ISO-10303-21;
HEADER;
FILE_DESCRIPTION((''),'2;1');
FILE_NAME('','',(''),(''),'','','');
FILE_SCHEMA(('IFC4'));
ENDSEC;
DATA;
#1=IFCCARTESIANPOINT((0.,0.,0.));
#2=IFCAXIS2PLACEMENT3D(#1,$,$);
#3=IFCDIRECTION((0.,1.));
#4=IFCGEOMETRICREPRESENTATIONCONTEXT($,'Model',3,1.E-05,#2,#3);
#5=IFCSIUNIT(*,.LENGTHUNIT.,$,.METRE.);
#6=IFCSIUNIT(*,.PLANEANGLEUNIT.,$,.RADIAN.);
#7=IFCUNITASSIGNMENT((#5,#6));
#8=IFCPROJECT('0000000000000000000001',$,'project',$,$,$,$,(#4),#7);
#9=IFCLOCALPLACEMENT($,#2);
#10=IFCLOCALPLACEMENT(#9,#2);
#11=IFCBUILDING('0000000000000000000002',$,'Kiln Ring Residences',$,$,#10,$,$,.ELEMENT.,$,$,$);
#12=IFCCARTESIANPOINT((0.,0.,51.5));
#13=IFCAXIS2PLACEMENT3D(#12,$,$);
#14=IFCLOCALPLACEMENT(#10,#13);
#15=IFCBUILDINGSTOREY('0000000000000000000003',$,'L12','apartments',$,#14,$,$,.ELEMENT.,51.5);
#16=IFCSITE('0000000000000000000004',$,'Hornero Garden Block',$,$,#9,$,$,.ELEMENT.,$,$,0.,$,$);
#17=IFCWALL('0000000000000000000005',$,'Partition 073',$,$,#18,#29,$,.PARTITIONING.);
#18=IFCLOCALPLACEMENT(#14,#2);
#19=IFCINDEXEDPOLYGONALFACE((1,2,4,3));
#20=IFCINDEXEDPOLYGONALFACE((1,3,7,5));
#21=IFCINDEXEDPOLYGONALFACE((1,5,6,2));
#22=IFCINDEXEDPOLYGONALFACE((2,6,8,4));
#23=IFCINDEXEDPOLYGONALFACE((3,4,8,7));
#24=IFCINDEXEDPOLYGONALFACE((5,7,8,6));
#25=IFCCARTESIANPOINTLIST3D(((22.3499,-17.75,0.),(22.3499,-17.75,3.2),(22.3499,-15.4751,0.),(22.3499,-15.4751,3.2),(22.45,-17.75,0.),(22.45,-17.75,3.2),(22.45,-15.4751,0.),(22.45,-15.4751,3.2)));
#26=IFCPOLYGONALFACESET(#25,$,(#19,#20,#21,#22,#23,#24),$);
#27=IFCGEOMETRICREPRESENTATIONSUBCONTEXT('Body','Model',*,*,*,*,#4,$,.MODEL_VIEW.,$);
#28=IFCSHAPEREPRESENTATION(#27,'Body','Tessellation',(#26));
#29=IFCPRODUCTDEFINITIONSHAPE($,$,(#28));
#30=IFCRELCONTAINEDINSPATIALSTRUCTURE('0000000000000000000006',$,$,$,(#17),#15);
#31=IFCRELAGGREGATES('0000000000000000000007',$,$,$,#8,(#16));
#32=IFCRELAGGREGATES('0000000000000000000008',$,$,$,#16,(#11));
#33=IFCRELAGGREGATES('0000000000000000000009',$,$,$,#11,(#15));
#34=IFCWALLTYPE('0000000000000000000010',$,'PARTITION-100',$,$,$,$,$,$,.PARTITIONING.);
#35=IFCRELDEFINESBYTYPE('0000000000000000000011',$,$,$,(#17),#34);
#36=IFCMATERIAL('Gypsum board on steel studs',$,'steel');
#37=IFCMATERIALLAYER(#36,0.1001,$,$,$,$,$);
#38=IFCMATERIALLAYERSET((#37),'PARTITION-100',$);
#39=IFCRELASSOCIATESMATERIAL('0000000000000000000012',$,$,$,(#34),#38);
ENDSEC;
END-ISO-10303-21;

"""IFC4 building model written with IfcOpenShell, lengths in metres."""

from ifc_helpers import new_model, si_unit, direction, frame, frame_2d, origin, place, context, subcontext, project, spatial, rectangle, extrude, material, layer, layer_set, type_object, element, save


model = new_model("IFC4")

# Units and contexts
model_context = context("Model", 3, precision=1e-05, world=origin(), true_north=direction((0.0, 1.0)))
body_context = subcontext(model_context, "Body", "Model", "MODEL_VIEW")
ifc_project = project(units=[si_unit("LENGTHUNIT", "METRE"), si_unit("PLANEANGLEUNIT", "RADIAN")], contexts=[model_context])

# Site, building, storey
site_placement = place(None, origin())
site = spatial("IfcSite", under=ifc_project, at=site_placement, Name="Hornero Garden Block", CompositionType="ELEMENT", RefElevation=0.0)
building_placement = place(site_placement, origin())
building = spatial("IfcBuilding", under=site, at=building_placement, Name="Kiln Ring Residences", CompositionType="ELEMENT")
storey_placement = place(building_placement, frame((0.0, 0.0, 51.5)))
storey = spatial("IfcBuildingStorey", under=building, at=storey_placement, Name="L12", Description="apartments", CompositionType="ELEMENT", Elevation=51.5)

# Shared definitions
ifc_material_1 = material(Name="Gypsum board on steel studs", Category="steel")
ifc_layer_1 = layer(ifc_material_1, 0.1001)
ifc_layer_set_1 = layer_set([ifc_layer_1], Name="PARTITION-100")
wall_type_1 = type_object("IfcWallType", Name="PARTITION-100", PredefinedType="PARTITIONING", material=ifc_layer_set_1)

# Wall
wall_1_placement = place(storey_placement, frame((22.3999, -17.75, 0.0), z_axis=(0.0, 0.0, 1.0), x_axis=(0.0, 1.0, 0.0)))
element("IfcWall", 1, at=wall_1_placement, inside=storey, type_object=wall_type_1, Name="Partition 073", PredefinedType="PARTITIONING", context=body_context, shape_type="SweptSolid", body=[
    extrude(rectangle(XDim=2.2749, YDim=0.1001, at=frame_2d((1.1375, 0.0))), origin(), (0.0, 0.0, 1.0), 3.2),
])

save(model, "model.ifc")
